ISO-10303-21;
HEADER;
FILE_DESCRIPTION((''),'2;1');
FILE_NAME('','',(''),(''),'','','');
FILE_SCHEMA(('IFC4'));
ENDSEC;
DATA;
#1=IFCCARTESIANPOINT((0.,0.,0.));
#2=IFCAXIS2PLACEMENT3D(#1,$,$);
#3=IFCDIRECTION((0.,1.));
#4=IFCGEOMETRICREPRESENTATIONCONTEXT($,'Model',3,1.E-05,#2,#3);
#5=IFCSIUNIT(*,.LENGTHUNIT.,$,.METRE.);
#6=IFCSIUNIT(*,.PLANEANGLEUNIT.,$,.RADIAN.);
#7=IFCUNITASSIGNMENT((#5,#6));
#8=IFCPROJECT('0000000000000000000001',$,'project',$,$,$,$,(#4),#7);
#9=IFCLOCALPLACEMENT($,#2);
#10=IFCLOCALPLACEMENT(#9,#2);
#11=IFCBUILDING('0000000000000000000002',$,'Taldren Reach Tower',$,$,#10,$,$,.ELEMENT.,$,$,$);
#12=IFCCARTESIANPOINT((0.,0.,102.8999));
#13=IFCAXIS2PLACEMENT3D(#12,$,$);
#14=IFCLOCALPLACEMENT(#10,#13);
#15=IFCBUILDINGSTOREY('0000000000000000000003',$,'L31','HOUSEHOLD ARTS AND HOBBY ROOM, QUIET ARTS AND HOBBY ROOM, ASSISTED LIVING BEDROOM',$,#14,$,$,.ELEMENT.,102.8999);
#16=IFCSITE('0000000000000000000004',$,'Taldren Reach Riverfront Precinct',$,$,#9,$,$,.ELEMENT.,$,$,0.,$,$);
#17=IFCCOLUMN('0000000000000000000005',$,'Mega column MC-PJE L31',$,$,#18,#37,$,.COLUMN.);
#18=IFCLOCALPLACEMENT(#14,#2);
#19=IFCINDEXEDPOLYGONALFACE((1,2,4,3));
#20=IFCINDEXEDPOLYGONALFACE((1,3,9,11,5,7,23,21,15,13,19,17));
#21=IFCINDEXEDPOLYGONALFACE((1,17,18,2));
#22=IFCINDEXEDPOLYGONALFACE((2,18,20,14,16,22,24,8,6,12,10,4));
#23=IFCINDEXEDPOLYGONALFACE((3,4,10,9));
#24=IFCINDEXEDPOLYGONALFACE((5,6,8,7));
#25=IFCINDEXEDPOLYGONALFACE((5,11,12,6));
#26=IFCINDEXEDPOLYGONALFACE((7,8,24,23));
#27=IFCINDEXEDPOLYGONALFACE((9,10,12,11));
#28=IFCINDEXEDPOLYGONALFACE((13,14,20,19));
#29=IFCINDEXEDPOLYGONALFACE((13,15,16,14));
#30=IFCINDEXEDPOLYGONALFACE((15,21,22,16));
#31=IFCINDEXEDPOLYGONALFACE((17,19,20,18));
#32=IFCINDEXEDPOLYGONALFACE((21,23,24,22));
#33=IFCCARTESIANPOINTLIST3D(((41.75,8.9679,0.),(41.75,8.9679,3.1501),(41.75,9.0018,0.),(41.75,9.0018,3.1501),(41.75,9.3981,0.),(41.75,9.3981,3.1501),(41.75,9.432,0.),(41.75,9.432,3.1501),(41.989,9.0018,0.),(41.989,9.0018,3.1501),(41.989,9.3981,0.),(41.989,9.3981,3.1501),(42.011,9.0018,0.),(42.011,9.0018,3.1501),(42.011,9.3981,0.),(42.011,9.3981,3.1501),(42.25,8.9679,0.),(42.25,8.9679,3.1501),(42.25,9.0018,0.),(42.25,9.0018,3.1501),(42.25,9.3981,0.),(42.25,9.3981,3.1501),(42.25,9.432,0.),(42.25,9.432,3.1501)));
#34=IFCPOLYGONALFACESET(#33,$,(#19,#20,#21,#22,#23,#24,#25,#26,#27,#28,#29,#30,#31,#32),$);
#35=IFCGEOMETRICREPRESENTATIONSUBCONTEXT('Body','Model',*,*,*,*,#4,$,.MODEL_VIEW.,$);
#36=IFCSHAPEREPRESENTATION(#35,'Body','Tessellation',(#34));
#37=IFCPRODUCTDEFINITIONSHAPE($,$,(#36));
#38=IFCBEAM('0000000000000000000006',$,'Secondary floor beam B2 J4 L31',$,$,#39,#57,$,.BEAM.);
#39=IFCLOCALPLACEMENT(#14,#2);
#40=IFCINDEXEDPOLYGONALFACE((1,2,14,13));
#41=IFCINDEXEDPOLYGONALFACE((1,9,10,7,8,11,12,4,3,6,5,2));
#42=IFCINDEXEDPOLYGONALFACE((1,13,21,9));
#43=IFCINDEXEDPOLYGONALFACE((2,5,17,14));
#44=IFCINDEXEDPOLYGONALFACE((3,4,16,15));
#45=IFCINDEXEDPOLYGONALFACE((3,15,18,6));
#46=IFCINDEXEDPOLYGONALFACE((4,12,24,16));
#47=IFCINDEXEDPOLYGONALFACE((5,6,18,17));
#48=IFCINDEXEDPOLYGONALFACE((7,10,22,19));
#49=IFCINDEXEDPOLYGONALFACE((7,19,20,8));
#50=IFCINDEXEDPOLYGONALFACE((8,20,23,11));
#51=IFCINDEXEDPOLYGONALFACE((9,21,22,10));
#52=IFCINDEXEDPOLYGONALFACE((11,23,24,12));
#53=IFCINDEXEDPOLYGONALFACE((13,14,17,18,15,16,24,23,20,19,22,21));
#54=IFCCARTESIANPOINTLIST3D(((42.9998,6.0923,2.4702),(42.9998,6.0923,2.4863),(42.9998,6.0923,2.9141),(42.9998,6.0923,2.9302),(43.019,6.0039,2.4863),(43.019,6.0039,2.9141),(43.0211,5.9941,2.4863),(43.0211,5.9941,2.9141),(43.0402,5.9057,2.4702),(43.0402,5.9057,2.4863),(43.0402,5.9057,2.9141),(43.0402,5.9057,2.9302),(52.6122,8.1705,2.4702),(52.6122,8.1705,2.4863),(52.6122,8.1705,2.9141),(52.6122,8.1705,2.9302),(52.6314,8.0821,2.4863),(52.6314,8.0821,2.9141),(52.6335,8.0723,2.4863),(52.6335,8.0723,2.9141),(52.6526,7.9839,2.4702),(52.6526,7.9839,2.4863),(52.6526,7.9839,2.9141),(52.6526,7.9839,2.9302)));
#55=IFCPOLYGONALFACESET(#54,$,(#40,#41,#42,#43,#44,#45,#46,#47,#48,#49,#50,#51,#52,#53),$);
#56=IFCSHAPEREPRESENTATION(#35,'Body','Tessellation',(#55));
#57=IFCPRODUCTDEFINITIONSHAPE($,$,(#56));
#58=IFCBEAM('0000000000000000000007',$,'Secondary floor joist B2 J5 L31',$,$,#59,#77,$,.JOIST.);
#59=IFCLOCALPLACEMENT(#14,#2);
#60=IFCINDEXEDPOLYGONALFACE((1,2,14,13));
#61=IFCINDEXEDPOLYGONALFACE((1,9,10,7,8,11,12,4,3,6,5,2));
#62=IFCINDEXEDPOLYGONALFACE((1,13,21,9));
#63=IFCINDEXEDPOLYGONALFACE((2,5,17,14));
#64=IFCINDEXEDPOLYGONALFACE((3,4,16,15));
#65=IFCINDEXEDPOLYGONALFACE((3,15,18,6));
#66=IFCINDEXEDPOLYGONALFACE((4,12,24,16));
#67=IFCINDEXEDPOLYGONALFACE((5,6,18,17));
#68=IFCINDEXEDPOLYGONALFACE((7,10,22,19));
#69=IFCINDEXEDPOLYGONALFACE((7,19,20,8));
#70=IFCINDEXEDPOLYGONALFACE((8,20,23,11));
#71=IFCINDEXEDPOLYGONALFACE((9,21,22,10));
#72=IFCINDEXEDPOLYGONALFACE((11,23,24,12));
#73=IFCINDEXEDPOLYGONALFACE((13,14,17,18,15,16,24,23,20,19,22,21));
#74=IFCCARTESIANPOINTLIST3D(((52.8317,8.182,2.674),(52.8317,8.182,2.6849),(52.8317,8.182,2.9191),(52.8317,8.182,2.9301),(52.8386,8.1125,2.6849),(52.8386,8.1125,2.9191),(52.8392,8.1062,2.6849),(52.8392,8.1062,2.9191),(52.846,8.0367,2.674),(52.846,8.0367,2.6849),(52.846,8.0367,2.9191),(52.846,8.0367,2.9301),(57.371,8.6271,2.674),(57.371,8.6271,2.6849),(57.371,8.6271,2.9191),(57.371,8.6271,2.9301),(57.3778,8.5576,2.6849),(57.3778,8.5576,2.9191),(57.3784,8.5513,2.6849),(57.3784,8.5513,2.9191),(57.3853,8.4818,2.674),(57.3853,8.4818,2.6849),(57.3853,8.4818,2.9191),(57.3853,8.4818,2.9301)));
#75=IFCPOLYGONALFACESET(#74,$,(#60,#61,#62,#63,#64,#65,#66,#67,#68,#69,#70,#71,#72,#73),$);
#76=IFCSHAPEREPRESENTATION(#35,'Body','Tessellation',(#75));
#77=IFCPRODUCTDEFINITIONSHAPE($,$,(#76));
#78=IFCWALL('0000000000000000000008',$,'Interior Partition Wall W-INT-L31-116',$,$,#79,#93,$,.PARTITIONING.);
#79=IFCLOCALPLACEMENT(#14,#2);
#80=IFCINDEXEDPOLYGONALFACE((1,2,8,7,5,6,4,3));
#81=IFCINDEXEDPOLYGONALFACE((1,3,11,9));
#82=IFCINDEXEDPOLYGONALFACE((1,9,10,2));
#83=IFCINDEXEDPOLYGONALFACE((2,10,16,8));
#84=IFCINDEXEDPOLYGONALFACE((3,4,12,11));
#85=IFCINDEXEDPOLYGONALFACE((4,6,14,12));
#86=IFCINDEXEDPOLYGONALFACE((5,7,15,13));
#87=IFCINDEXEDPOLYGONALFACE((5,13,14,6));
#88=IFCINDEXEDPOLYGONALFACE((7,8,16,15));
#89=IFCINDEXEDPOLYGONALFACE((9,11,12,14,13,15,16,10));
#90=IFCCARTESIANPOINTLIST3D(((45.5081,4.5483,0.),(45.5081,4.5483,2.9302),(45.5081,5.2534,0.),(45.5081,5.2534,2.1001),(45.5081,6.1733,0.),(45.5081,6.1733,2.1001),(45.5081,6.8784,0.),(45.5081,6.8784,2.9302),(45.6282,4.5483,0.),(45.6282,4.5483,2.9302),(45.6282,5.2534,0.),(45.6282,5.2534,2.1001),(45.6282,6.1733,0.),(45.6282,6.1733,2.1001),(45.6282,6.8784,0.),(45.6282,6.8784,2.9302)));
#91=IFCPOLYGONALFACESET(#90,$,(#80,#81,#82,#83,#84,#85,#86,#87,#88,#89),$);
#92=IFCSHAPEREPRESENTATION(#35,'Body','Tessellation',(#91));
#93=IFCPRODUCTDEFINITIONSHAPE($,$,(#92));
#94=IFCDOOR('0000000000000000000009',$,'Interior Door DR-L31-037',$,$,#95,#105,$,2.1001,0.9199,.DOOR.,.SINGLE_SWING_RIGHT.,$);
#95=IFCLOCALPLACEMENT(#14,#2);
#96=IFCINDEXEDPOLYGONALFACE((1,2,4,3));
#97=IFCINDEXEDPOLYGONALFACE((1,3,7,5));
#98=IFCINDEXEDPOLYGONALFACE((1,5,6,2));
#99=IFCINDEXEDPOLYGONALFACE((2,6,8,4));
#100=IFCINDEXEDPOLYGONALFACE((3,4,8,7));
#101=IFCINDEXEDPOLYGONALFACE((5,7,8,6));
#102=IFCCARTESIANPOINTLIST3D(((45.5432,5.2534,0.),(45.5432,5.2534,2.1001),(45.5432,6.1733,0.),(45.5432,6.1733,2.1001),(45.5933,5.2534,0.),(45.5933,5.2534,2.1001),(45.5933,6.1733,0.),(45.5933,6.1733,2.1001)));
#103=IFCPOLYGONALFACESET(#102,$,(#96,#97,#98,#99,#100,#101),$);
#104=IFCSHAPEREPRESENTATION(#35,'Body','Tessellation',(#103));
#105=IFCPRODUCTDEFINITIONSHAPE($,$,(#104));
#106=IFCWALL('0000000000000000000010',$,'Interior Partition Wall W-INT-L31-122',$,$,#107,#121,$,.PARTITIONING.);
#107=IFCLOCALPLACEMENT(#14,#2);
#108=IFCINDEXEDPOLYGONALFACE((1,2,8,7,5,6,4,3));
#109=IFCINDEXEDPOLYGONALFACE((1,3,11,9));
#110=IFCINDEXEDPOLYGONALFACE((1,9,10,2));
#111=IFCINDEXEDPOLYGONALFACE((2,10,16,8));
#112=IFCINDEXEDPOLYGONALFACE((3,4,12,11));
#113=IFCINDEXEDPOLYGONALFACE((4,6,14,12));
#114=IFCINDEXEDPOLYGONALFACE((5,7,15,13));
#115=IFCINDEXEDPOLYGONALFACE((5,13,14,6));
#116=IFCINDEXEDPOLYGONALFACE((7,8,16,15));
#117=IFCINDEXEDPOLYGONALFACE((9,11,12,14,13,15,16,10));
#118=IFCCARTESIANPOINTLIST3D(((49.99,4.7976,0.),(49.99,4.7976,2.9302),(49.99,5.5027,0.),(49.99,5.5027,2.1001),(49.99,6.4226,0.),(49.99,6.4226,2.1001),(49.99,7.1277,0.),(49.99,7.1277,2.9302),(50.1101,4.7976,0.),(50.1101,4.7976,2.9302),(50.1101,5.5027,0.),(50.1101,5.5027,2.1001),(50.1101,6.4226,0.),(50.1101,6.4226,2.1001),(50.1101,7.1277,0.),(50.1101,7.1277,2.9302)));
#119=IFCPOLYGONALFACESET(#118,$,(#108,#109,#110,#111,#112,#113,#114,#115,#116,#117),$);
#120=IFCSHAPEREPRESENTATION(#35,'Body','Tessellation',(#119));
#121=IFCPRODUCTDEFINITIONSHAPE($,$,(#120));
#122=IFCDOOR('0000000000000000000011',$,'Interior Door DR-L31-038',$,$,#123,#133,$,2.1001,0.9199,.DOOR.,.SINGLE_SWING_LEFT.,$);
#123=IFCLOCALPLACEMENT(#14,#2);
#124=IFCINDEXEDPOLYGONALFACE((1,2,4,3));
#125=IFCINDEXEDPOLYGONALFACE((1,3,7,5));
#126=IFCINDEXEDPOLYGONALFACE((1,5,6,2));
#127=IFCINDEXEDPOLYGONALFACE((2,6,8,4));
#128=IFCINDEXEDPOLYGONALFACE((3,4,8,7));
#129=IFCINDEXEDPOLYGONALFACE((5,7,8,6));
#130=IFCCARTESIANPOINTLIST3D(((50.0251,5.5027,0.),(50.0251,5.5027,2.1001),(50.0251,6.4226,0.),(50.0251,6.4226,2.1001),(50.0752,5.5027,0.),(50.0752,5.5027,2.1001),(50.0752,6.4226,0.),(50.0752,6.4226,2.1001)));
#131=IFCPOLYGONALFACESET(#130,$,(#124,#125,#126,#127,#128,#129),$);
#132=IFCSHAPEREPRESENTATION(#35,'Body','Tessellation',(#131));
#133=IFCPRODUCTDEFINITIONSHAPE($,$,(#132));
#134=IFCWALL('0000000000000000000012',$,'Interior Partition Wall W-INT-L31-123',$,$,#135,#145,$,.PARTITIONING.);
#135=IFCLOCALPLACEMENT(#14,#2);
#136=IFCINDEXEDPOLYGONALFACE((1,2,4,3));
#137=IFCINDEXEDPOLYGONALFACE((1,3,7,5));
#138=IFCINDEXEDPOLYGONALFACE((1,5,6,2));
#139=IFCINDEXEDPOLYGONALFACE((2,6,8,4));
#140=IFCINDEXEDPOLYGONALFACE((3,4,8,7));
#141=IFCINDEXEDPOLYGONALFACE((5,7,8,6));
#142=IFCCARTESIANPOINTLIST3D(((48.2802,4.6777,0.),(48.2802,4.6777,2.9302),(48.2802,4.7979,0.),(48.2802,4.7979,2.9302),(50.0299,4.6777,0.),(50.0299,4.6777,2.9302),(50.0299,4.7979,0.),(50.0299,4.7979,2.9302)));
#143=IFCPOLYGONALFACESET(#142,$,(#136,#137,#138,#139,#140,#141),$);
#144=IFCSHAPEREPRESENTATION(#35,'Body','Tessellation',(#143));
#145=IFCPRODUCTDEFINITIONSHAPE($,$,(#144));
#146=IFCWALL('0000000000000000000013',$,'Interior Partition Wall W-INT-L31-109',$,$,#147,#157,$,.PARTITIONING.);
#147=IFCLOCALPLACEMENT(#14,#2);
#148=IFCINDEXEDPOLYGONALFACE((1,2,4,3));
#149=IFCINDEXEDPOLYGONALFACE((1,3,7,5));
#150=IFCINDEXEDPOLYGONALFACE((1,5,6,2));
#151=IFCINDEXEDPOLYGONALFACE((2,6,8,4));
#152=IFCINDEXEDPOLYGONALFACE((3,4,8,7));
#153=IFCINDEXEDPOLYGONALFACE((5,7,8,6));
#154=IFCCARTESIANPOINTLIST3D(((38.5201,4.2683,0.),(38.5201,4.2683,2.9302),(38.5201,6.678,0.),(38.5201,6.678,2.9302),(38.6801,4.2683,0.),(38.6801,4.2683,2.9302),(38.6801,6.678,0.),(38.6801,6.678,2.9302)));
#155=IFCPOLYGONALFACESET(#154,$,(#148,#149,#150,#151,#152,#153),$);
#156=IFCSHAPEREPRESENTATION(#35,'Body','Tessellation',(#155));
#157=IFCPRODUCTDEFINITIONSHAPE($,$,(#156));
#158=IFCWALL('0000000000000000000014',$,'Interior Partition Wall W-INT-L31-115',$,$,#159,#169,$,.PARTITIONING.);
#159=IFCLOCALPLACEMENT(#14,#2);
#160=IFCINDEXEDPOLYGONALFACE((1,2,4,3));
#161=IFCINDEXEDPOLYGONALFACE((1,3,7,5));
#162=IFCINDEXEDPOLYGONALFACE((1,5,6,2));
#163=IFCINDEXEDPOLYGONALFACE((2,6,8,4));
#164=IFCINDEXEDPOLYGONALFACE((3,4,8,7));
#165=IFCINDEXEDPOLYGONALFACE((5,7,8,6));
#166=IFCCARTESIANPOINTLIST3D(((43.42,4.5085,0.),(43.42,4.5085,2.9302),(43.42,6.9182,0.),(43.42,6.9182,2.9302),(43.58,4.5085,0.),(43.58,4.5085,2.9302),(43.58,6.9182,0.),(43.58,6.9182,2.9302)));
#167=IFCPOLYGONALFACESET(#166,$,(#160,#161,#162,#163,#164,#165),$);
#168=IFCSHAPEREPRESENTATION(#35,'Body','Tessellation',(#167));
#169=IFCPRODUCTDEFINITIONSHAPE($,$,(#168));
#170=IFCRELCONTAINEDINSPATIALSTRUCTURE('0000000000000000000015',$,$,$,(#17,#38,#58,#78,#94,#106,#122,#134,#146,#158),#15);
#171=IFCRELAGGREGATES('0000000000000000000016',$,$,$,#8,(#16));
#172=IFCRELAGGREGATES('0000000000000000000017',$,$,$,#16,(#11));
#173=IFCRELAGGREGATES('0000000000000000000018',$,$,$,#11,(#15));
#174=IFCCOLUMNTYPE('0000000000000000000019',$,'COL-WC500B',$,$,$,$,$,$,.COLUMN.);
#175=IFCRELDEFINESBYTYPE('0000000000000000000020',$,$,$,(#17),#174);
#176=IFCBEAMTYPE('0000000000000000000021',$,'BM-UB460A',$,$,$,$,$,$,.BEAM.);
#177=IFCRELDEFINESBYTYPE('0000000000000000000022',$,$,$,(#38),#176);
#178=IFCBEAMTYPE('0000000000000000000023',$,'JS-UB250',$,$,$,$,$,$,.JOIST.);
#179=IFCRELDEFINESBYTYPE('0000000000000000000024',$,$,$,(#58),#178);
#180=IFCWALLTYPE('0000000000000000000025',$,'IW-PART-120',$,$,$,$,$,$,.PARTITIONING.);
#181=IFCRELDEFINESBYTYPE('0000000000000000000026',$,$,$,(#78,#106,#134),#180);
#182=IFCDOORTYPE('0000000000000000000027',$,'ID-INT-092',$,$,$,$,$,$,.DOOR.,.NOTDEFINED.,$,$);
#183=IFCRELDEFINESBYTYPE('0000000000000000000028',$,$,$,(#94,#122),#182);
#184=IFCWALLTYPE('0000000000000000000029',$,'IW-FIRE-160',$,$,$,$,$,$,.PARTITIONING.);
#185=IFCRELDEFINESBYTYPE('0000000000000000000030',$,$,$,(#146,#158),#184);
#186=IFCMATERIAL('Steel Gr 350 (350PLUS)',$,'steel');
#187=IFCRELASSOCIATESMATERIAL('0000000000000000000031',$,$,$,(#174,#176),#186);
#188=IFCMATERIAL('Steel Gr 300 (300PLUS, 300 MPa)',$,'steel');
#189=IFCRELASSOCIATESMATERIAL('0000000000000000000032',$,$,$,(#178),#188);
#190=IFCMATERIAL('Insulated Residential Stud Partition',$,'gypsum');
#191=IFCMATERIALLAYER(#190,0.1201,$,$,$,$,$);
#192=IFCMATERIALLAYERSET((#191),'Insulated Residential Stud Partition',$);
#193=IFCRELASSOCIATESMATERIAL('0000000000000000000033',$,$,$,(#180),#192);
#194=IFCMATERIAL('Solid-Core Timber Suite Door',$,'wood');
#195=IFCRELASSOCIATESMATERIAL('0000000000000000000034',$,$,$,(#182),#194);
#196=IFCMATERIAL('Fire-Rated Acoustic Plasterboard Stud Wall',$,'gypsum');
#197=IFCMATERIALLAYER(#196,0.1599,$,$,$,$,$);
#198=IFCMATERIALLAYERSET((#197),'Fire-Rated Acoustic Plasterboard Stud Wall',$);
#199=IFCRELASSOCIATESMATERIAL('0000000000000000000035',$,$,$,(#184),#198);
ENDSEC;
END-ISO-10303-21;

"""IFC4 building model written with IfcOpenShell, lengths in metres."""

from ifc_helpers import new_model, si_unit, direction, frame, frame_2d, origin, origin_2d, place, context, subcontext, project, spatial, rectangle, i_section, extrude, source, transform, mapped, material, layer, layer_set, material_profile, profile_set, type_object, element, fill, save


model = new_model("IFC4")

# Units and contexts
model_context = context("Model", 3, precision=1e-05, world=origin(), true_north=direction((0.0, 1.0)))
body_context = subcontext(model_context, "Body", "Model", "MODEL_VIEW")
ifc_project = project(units=[si_unit("LENGTHUNIT", "METRE"), si_unit("PLANEANGLEUNIT", "RADIAN")], contexts=[model_context])

# Site, building, storey
site_placement = place(None, origin())
site = spatial("IfcSite", under=ifc_project, at=site_placement, Name="Taldren Reach Riverfront Precinct", CompositionType="ELEMENT", RefElevation=0.0)
building_placement = place(site_placement, origin())
building = spatial("IfcBuilding", under=site, at=building_placement, Name="Taldren Reach Tower", CompositionType="ELEMENT")
storey_placement = place(building_placement, frame((0.0, 0.0, 102.8999)))
storey = spatial("IfcBuildingStorey", under=building, at=storey_placement, Name="L31", Description="HOUSEHOLD ARTS AND HOBBY ROOM, QUIET ARTS AND HOBBY ROOM, ASSISTED LIVING BEDROOM", CompositionType="ELEMENT", Elevation=102.8999)

# Column
ifc_material_1 = material(Name="Steel Gr 350 (350PLUS)", Category="steel")
ifc_material_profile_1 = material_profile(ifc_material_1, i_section(OverallWidth=0.5, OverallDepth=0.4641, WebThickness=0.022, FlangeThickness=0.0339, at=origin_2d()), Name="500WC340")
ifc_profile_set_1 = profile_set([ifc_material_profile_1], Name="Steel Gr 350 (350PLUS)")
column_type = type_object("IfcColumnType", Name="COL-WC500B", PredefinedType="COLUMN", material=ifc_profile_set_1)
shared_shape_1 = source(origin(), body_context, "Body", "SweptSolid", [
    extrude(i_section(OverallWidth=0.5, OverallDepth=0.4641, WebThickness=0.022, FlangeThickness=0.0339, at=origin_2d()), origin(), (0.0, 0.0, 1.0), 3.1501),
])
column_placement = place(storey_placement, frame((42.0, 9.2, 0.0), z_axis=(0.0, 0.0, 1.0), x_axis=(1.0, 0.0, 0.0)))
element("IfcColumn", 1, at=column_placement, inside=storey, type_object=column_type, Name="Mega column MC-PJE L31", PredefinedType="COLUMN", context=body_context, shape_type="MappedRepresentation", body=[
    mapped(shared_shape_1, transform((0.0, 0.0, 0.0), scale=1.0)),
])

# Beams
ifc_material_profile_2 = material_profile(ifc_material_1, i_section(OverallWidth=0.1909, OverallDepth=0.46, WebThickness=0.01, FlangeThickness=0.0161, at=origin_2d()), Name="460UB82.1")
ifc_profile_set_2 = profile_set([ifc_material_profile_2], Name="Steel Gr 350 (350PLUS)")
beam_type_1 = type_object("IfcBeamType", Name="BM-UB460A", PredefinedType="BEAM", material=ifc_profile_set_2)
shared_shape_2 = source(origin(), body_context, "Body", "SweptSolid", [
    extrude(i_section(OverallWidth=0.1909, OverallDepth=0.46, WebThickness=0.01, FlangeThickness=0.0161, at=origin_2d()), origin(), (0.0, 0.0, 1.0), 9.8345),
])
beam_1_placement = place(storey_placement, frame((43.02, 5.999, 2.7002), z_axis=(0.977419, 0.211312, 0.0), x_axis=(-0.211312, 0.977419, 0.0)))
element("IfcBeam", 2, at=beam_1_placement, inside=storey, type_object=beam_type_1, Name="Secondary floor beam B2 J4 L31", PredefinedType="BEAM", context=body_context, shape_type="MappedRepresentation", body=[
    mapped(shared_shape_2, transform((0.0, 0.0, 0.0), scale=1.0)),
])
ifc_material_2 = material(Name="Steel Gr 300 (300PLUS, 300 MPa)", Category="steel")
ifc_material_profile_3 = material_profile(ifc_material_2, i_section(OverallWidth=0.146, OverallDepth=0.2561, WebThickness=0.0063, FlangeThickness=0.011, at=origin_2d()), Name="250UB37.3")
ifc_profile_set_3 = profile_set([ifc_material_profile_3], Name="Steel Gr 300 (300PLUS, 300 MPa)")
beam_type_2 = type_object("IfcBeamType", Name="JS-UB250", PredefinedType="JOIST", material=ifc_profile_set_3)
shared_shape_3 = source(origin(), body_context, "Body", "SweptSolid", [
    extrude(i_section(OverallWidth=0.146, OverallDepth=0.2561, WebThickness=0.0063, FlangeThickness=0.011, at=origin_2d()), origin(), (0.0, 0.0, 1.0), 4.561),
])
beam_2_placement = place(storey_placement, frame((52.8389, 8.1094, 2.802), z_axis=(0.995228, 0.09758, 0.0), x_axis=(-0.09758, 0.995228, 0.0)))
element("IfcBeam", 3, at=beam_2_placement, inside=storey, type_object=beam_type_2, Name="Secondary floor joist B2 J5 L31", PredefinedType="JOIST", context=body_context, shape_type="MappedRepresentation", body=[
    mapped(shared_shape_3, transform((0.0, 0.0, 0.0), scale=1.0)),
])

# Walls, openings, doors
ifc_material_3 = material(Name="Insulated Residential Stud Partition", Category="gypsum")
ifc_layer_1 = layer(ifc_material_3, 0.1201)
ifc_layer_set_1 = layer_set([ifc_layer_1], Name="Insulated Residential Stud Partition")
wall_type_1 = type_object("IfcWallType", Name="IW-PART-120", PredefinedType="PARTITIONING", material=ifc_layer_set_1)
shared_shape_4 = source(origin(), body_context, "Body", "SweptSolid", [
    extrude(rectangle(XDim=2.3301, YDim=0.1201, at=frame_2d((1.165, 0.0))), origin(), (0.0, 0.0, 1.0), 2.9302),
])
wall_1_placement = place(storey_placement, frame((45.5681, 4.5483, 0.0), z_axis=(0.0, 0.0, 1.0), x_axis=(0.0, 1.0, 0.0)))
wall_1 = element("IfcWall", 4, at=wall_1_placement, inside=storey, type_object=wall_type_1, Name="Interior Partition Wall W-INT-L31-116", PredefinedType="PARTITIONING", context=body_context, shape_type="MappedRepresentation", body=[
    mapped(shared_shape_4, transform((0.0, 0.0, 0.0), scale=1.0)),
])
shared_shape_5 = source(origin(), body_context, "Body", "SweptSolid", [
    extrude(rectangle(XDim=0.9199, YDim=2.1001, at=frame_2d((0.46, 1.05))), frame((0.0, 0.0701, 0.0), z_axis=(0.0, -1.0, 0.0), x_axis=(1.0, 0.0, 0.0)), (0.0, 0.0, 1.0), 0.1401),
])
opening_1_placement = place(wall_1_placement, frame((0.7051, 0.0, 0.0)))
opening_1 = element("IfcOpeningElement", 5, at=opening_1_placement, cuts=wall_1, PredefinedType="OPENING", context=body_context, shape_type="MappedRepresentation", body=[
    mapped(shared_shape_5, transform((0.0, 0.0, 0.0), scale=1.0)),
])
ifc_material_4 = material(Name="Solid-Core Timber Suite Door", Category="wood")
door_type = type_object("IfcDoorType", Name="ID-INT-092", OperationType="NOTDEFINED", PredefinedType="DOOR", material=ifc_material_4)
shared_shape_6 = source(origin(), body_context, "Body", "SweptSolid", [
    extrude(rectangle(XDim=0.9199, YDim=2.1001, at=frame_2d((0.46, 1.05))), frame((0.0, 0.0249, 0.0), z_axis=(0.0, -1.0, 0.0), x_axis=(1.0, 0.0, 0.0)), (0.0, 0.0, 1.0), 0.05),
])
door_1_placement = place(opening_1_placement, origin())
door_1 = element("IfcDoor", 6, at=door_1_placement, inside=storey, type_object=door_type, Name="Interior Door DR-L31-037", OperationType="SINGLE_SWING_RIGHT", OverallHeight=2.1001, OverallWidth=0.9199, PredefinedType="DOOR", context=body_context, shape_type="MappedRepresentation", body=[
    mapped(shared_shape_6, transform((0.0, 0.0, 0.0), scale=1.0)),
])
fill(opening_1, door_1)
wall_2_placement = place(storey_placement, frame((50.05, 4.7976, 0.0), z_axis=(0.0, 0.0, 1.0), x_axis=(0.0, 1.0, 0.0)))
wall_2 = element("IfcWall", 7, at=wall_2_placement, inside=storey, type_object=wall_type_1, Name="Interior Partition Wall W-INT-L31-122", PredefinedType="PARTITIONING", context=body_context, shape_type="MappedRepresentation", body=[
    mapped(shared_shape_4, transform((0.0, 0.0, 0.0), scale=1.0)),
])
opening_2_placement = place(wall_2_placement, frame((0.7051, 0.0, 0.0)))
opening_2 = element("IfcOpeningElement", 8, at=opening_2_placement, cuts=wall_2, PredefinedType="OPENING", context=body_context, shape_type="MappedRepresentation", body=[
    mapped(shared_shape_5, transform((0.0, 0.0, 0.0), scale=1.0)),
])
door_2_placement = place(opening_2_placement, origin())
door_2 = element("IfcDoor", 9, at=door_2_placement, inside=storey, type_object=door_type, Name="Interior Door DR-L31-038", OperationType="SINGLE_SWING_LEFT", OverallHeight=2.1001, OverallWidth=0.9199, PredefinedType="DOOR", context=body_context, shape_type="MappedRepresentation", body=[
    mapped(shared_shape_6, transform((0.0, 0.0, 0.0), scale=1.0)),
])
fill(opening_2, door_2)

# Walls
shared_shape_7 = source(origin(), body_context, "Body", "SweptSolid", [
    extrude(rectangle(XDim=1.7498, YDim=0.1201, at=frame_2d((0.875, 0.0))), origin(), (0.0, 0.0, 1.0), 2.9302),
])
wall_3_placement = place(storey_placement, frame((48.28, 4.7378, 0.0), z_axis=(0.0, 0.0, 1.0), x_axis=(1.0, 0.0, 0.0)))
element("IfcWall", 10, at=wall_3_placement, inside=storey, type_object=wall_type_1, Name="Interior Partition Wall W-INT-L31-123", PredefinedType="PARTITIONING", context=body_context, shape_type="MappedRepresentation", body=[
    mapped(shared_shape_7, transform((0.0, 0.0, 0.0), scale=1.0)),
])
ifc_material_5 = material(Name="Fire-Rated Acoustic Plasterboard Stud Wall", Category="gypsum")
ifc_layer_2 = layer(ifc_material_5, 0.1599)
ifc_layer_set_2 = layer_set([ifc_layer_2], Name="Fire-Rated Acoustic Plasterboard Stud Wall")
wall_type_2 = type_object("IfcWallType", Name="IW-FIRE-160", PredefinedType="PARTITIONING", material=ifc_layer_set_2)
shared_shape_8 = source(origin(), body_context, "Body", "SweptSolid", [
    extrude(rectangle(XDim=2.4097, YDim=0.1599, at=frame_2d((1.2048, 0.0))), origin(), (0.0, 0.0, 1.0), 2.9302),
])
for number, where, z_axis, x_axis, name in (
    (11, (38.6001, 6.678, 0.0), (0.0, 0.0, 1.0), (0.0, -1.0, 0.0), "Interior Partition Wall W-INT-L31-109"),
    (12, (43.5, 6.9182, 0.0), (0.0, 0.0, 1.0), (0.0, -1.0, 0.0), "Interior Partition Wall W-INT-L31-115"),
):
    element("IfcWall", number, at=place(storey_placement, frame(where, z_axis=z_axis, x_axis=x_axis)), inside=storey, type_object=wall_type_2, Name=name, PredefinedType="PARTITIONING", context=body_context, shape_type="MappedRepresentation", body=[
        mapped(shared_shape_8, transform((0.0, 0.0, 0.0), scale=1.0)),
    ])

save(model, "model.ifc")
